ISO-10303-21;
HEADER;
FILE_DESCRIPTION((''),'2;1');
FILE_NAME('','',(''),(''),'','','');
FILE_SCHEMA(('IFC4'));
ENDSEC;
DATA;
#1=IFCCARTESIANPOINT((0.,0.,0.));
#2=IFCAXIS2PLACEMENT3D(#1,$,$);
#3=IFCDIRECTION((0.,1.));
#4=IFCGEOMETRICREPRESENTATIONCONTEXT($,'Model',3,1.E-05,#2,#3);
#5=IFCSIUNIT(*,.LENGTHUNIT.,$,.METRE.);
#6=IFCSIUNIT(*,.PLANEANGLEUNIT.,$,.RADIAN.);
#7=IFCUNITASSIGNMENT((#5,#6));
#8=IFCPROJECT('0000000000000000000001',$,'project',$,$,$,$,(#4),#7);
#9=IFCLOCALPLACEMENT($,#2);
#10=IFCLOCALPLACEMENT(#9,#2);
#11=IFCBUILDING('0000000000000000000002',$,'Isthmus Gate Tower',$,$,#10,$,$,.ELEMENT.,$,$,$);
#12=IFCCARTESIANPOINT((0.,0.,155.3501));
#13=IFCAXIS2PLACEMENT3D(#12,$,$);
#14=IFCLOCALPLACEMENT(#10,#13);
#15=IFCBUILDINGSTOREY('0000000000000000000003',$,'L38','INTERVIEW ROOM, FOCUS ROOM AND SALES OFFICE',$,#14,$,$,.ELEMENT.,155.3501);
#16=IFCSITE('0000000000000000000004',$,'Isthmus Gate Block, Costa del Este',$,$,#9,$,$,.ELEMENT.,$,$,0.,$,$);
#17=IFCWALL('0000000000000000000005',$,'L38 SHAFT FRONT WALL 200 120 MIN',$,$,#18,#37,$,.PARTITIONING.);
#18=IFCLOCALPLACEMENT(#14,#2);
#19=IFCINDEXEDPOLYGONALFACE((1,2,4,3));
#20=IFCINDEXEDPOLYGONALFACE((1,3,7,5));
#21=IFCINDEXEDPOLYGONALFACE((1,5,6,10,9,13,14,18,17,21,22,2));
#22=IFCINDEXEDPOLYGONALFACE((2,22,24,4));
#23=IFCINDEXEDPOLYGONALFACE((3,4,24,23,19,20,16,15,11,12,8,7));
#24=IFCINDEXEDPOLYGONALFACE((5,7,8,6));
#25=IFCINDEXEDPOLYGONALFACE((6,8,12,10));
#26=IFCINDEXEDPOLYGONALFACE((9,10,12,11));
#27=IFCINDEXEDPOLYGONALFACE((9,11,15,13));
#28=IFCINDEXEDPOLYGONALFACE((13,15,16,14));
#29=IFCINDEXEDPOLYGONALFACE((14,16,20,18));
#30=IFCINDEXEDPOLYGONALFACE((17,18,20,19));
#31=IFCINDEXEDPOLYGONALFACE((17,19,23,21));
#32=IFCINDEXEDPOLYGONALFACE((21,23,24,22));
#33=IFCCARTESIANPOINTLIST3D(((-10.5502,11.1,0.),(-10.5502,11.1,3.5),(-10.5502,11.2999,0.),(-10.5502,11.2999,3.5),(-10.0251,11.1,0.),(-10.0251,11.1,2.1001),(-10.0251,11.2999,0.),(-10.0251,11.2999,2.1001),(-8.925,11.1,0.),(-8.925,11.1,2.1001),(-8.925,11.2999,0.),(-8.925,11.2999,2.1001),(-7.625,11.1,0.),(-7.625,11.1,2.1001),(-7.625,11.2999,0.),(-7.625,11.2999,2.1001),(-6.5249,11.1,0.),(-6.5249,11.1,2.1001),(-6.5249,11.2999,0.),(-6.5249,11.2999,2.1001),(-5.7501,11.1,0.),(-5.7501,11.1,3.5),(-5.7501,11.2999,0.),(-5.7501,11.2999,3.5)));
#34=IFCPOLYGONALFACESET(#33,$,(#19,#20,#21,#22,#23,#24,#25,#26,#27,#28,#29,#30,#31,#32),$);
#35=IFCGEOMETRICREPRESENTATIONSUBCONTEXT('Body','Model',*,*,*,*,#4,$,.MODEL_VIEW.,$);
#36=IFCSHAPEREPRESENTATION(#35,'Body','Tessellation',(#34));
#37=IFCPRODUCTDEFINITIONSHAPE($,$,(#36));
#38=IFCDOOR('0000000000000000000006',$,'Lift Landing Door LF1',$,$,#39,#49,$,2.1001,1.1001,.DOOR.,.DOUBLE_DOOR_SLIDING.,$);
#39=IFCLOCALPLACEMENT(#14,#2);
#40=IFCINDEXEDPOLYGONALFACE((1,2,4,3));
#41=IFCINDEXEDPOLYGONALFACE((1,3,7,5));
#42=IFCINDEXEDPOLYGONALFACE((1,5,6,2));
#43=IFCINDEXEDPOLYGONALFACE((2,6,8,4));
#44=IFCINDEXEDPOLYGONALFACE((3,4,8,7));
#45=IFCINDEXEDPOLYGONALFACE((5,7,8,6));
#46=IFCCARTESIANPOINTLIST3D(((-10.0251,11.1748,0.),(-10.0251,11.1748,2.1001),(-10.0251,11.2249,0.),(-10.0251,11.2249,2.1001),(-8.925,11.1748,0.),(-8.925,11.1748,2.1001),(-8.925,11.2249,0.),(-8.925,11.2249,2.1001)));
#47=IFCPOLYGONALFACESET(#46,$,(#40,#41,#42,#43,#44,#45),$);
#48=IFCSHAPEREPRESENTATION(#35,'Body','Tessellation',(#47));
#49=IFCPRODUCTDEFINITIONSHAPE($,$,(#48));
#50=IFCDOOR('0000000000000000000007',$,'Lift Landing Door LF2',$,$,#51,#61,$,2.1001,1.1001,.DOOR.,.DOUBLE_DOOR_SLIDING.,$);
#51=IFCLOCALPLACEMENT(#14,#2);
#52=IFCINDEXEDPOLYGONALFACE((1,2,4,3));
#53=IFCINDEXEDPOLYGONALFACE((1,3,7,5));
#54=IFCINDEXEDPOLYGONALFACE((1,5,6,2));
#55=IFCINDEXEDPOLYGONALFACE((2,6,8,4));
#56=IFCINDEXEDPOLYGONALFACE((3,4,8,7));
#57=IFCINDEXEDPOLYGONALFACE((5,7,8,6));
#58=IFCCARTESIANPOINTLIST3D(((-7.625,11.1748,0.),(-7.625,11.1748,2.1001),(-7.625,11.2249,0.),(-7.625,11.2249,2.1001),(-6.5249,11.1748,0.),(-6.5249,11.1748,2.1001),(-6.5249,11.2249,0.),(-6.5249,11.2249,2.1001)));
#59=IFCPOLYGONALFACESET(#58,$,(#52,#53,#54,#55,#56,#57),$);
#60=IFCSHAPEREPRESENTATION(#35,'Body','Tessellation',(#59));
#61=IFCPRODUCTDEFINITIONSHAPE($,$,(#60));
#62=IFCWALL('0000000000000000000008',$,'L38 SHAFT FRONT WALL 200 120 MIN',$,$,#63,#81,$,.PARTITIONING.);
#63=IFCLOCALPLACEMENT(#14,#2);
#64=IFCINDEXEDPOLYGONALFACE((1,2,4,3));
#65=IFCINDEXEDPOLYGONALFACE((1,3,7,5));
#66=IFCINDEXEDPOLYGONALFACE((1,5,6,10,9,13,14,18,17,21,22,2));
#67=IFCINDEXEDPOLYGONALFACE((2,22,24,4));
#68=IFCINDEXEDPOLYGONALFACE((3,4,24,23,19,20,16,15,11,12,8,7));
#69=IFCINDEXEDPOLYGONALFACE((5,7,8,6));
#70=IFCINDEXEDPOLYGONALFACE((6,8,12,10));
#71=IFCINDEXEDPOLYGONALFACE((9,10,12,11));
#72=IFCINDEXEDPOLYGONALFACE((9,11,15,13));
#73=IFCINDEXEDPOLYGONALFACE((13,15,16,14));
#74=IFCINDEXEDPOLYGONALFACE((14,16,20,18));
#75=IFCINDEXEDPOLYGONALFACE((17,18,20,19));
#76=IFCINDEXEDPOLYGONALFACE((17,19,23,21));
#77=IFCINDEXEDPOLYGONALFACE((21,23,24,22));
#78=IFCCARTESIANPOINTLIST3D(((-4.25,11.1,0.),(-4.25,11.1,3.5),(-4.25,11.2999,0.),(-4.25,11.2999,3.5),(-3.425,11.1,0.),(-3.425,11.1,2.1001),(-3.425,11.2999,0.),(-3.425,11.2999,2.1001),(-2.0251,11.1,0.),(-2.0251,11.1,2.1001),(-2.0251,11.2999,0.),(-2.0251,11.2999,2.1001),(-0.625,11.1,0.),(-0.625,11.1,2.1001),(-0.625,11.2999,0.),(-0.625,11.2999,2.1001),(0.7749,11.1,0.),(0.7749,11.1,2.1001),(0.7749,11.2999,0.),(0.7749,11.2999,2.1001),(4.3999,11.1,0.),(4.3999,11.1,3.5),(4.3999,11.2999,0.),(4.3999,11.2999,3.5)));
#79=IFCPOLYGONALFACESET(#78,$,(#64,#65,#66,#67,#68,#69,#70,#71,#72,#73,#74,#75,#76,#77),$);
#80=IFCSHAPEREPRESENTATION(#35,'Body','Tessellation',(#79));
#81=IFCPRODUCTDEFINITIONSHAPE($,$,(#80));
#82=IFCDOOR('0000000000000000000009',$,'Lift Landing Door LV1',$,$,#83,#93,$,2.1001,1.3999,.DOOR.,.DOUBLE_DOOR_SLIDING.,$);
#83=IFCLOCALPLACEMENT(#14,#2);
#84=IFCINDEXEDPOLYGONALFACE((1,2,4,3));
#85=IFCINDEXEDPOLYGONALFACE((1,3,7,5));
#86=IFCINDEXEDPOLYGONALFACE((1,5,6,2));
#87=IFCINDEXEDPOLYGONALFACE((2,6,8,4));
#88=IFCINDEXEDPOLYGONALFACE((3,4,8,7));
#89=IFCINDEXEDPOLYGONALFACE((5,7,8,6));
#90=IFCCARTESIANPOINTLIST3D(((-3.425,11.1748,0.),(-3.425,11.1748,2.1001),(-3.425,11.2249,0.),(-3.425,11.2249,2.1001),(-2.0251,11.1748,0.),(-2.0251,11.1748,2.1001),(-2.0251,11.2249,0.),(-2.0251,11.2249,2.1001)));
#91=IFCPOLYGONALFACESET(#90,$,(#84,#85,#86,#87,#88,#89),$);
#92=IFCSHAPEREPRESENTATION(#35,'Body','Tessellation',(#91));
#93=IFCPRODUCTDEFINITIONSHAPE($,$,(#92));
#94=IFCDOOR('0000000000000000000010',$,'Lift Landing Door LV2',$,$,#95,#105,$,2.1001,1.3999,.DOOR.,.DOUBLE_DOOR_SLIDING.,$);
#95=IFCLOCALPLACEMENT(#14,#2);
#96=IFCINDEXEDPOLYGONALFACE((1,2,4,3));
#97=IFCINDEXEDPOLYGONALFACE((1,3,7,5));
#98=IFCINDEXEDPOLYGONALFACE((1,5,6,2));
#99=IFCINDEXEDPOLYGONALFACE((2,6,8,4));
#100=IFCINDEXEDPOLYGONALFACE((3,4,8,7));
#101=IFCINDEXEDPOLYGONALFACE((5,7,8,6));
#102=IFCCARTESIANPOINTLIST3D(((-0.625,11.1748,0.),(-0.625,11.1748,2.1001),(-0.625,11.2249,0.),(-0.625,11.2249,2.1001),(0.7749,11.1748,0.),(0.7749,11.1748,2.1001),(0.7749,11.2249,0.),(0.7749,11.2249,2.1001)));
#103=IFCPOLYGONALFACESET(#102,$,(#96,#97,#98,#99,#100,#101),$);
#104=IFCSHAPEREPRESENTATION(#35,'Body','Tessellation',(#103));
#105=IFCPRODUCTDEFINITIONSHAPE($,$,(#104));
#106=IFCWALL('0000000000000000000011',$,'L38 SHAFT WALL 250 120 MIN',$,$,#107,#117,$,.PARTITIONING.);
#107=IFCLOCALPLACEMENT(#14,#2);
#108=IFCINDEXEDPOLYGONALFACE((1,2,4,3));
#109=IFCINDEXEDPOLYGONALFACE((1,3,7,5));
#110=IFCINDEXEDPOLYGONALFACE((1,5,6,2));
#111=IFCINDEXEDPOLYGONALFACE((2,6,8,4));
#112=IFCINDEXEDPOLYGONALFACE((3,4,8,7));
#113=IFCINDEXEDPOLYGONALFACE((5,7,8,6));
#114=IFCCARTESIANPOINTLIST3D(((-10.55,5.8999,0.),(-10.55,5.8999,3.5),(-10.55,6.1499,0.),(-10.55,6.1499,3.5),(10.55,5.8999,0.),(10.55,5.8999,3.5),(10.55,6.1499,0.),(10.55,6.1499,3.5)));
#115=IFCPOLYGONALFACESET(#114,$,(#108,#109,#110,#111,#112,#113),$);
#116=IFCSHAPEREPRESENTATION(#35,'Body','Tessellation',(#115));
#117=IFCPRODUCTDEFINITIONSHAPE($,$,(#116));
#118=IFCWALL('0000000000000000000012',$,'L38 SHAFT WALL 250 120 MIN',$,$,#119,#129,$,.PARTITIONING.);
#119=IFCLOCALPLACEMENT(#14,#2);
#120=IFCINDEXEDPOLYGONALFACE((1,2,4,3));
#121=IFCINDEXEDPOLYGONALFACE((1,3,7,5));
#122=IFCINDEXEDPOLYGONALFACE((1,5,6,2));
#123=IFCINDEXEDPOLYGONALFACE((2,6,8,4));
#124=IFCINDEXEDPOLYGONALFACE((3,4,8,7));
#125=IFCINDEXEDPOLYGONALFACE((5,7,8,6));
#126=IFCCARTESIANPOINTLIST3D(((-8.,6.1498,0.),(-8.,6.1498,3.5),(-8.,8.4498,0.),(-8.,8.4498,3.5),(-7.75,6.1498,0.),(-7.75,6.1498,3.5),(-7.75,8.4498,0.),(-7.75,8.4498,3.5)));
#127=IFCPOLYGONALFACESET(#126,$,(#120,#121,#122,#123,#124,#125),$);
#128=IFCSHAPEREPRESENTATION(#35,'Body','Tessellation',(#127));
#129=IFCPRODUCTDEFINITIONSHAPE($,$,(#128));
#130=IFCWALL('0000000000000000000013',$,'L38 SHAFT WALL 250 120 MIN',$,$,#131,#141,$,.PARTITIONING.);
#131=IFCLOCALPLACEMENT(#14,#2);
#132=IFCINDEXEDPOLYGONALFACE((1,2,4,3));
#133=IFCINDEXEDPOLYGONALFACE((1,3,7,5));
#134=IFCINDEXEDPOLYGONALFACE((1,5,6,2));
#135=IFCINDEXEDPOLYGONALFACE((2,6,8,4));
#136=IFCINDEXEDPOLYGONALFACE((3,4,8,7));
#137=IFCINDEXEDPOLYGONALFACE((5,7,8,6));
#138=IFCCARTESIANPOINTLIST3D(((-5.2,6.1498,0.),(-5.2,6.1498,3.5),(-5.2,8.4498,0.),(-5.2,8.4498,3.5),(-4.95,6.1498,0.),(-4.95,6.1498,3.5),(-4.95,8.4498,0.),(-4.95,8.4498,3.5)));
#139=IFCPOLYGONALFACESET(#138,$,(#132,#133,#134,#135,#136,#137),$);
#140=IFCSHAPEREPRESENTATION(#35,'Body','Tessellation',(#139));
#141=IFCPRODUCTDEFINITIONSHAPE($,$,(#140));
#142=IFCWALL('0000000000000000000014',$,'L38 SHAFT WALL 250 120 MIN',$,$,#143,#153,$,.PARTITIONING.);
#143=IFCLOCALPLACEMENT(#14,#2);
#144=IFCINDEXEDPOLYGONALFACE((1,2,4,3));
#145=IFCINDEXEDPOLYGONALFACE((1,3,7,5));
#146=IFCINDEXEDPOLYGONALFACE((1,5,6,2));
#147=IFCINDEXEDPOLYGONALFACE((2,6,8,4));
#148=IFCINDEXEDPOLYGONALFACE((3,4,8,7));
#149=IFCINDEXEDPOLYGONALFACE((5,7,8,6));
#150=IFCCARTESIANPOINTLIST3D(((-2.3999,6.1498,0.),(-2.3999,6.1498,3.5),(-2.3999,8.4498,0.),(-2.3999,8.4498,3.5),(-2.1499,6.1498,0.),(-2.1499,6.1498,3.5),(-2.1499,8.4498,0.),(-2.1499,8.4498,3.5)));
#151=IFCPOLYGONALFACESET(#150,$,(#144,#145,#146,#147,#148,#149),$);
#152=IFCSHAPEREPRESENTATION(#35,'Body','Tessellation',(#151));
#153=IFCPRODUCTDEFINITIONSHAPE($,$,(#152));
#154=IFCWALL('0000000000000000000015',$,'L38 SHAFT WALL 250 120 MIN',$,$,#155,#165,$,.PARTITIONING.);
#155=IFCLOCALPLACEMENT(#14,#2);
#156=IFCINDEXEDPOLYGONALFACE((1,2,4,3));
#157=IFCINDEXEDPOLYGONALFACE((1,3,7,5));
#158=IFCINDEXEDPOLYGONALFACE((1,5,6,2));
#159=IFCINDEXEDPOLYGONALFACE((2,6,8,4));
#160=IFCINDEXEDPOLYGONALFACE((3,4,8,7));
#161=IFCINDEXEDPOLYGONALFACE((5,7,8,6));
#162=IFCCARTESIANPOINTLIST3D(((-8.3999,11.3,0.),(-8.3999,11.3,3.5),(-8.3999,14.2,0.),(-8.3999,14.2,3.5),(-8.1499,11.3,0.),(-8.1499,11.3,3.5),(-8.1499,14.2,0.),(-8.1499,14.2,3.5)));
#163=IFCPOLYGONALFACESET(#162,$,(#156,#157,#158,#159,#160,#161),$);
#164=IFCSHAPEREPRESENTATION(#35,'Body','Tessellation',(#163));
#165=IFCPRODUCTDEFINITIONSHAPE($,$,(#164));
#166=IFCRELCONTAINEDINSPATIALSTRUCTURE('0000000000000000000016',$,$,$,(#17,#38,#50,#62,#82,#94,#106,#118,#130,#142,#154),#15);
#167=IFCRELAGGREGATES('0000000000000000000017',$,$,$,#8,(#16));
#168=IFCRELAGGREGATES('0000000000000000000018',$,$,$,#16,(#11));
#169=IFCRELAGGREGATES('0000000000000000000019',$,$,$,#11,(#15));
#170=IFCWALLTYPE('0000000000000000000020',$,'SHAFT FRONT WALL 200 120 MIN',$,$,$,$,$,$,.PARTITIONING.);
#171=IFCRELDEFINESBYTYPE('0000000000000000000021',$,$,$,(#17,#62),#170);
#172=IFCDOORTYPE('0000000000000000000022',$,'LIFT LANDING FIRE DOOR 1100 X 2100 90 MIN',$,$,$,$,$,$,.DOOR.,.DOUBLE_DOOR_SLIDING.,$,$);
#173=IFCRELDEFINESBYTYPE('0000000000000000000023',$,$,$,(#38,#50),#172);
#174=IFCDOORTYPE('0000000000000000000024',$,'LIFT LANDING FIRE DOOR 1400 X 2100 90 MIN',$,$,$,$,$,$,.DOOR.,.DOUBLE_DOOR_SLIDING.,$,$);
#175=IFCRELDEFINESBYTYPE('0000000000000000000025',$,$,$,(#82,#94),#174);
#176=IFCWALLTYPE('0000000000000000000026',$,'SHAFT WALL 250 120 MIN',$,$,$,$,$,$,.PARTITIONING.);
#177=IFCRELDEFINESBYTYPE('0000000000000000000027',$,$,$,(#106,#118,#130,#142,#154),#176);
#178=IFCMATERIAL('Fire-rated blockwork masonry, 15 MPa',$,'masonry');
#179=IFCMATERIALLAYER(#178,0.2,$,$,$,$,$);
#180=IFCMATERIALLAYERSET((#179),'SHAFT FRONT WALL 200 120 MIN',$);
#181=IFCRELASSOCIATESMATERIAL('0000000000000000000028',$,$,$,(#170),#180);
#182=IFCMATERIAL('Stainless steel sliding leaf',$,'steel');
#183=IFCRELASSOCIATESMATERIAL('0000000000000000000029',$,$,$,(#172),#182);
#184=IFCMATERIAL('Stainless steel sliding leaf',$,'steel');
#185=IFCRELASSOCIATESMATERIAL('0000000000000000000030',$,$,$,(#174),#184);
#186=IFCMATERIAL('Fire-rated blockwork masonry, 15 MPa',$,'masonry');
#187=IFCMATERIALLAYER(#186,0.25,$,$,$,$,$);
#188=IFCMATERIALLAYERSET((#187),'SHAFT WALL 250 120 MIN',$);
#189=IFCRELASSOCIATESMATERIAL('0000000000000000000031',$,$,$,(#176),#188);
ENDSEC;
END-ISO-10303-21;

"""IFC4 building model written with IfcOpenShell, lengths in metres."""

from ifc_helpers import new_model, si_unit, direction, frame, frame_2d, origin, place, context, subcontext, project, spatial, rectangle, extrude, material, layer, layer_set, type_object, element, fill, save


model = new_model("IFC4")

# Units and contexts
model_context = context("Model", 3, precision=1e-05, world=origin(), true_north=direction((0.0, 1.0)))
body_context = subcontext(model_context, "Body", "Model", "MODEL_VIEW")
ifc_project = project(units=[si_unit("LENGTHUNIT", "METRE"), si_unit("PLANEANGLEUNIT", "RADIAN")], contexts=[model_context])

# Site, building, storey
site_placement = place(None, origin())
site = spatial("IfcSite", under=ifc_project, at=site_placement, Name="Isthmus Gate Block, Costa del Este", CompositionType="ELEMENT", RefElevation=0.0)
building_placement = place(site_placement, origin())
building = spatial("IfcBuilding", under=site, at=building_placement, Name="Isthmus Gate Tower", CompositionType="ELEMENT")
storey_placement = place(building_placement, frame((0.0, 0.0, 155.3501)))
storey = spatial("IfcBuildingStorey", under=building, at=storey_placement, Name="L38", Description="INTERVIEW ROOM, FOCUS ROOM AND SALES OFFICE", CompositionType="ELEMENT", Elevation=155.3501)

# Walls, openings, doors
ifc_material_1 = material(Name="Fire-rated blockwork masonry, 15 MPa", Category="masonry")
ifc_layer_1 = layer(ifc_material_1, 0.2)
ifc_layer_set_1 = layer_set([ifc_layer_1], Name="SHAFT FRONT WALL 200 120 MIN")
wall_type_1 = type_object("IfcWallType", Name="SHAFT FRONT WALL 200 120 MIN", PredefinedType="PARTITIONING", material=ifc_layer_set_1)
wall_1_placement = place(storey_placement, frame((-10.55, 11.2, 0.0), z_axis=(0.0, 0.0, 1.0), x_axis=(1.0, 0.0, 0.0)))
wall_1 = element("IfcWall", 1, at=wall_1_placement, inside=storey, type_object=wall_type_1, Name="L38 SHAFT FRONT WALL 200 120 MIN", PredefinedType="PARTITIONING", context=body_context, shape_type="SweptSolid", body=[
    extrude(rectangle(XDim=4.8, YDim=0.2, at=frame_2d((2.3999, 0.0))), origin(), (0.0, 0.0, 1.0), 3.5),
])
opening_1_placement = place(wall_1_placement, frame((0.5249, 0.0, 0.0)))
opening_1 = element("IfcOpeningElement", 2, at=opening_1_placement, cuts=wall_1, PredefinedType="OPENING", context=body_context, shape_type="SweptSolid", body=[
    extrude(rectangle(XDim=1.1001, YDim=2.1001, at=frame_2d((0.55, 1.05))), frame((0.0, 0.1099, 0.0), z_axis=(0.0, -1.0, 0.0), x_axis=(1.0, 0.0, 0.0)), (0.0, 0.0, 1.0), 0.22),
])
opening_2_placement = place(wall_1_placement, frame((2.925, 0.0, 0.0)))
opening_2 = element("IfcOpeningElement", 3, at=opening_2_placement, cuts=wall_1, PredefinedType="OPENING", context=body_context, shape_type="SweptSolid", body=[
    extrude(rectangle(XDim=1.1001, YDim=2.1001, at=frame_2d((0.55, 1.05))), frame((0.0, 0.1099, 0.0), z_axis=(0.0, -1.0, 0.0), x_axis=(1.0, 0.0, 0.0)), (0.0, 0.0, 1.0), 0.22),
])
ifc_material_2 = material(Name="Stainless steel sliding leaf", Category="steel")
door_type_1 = type_object("IfcDoorType", Name="LIFT LANDING FIRE DOOR 1100 X 2100 90 MIN", OperationType="DOUBLE_DOOR_SLIDING", PredefinedType="DOOR", material=ifc_material_2)
door_1_placement = place(opening_1_placement, origin())
door_1 = element("IfcDoor", 4, at=door_1_placement, inside=storey, type_object=door_type_1, Name="Lift Landing Door LF1", OperationType="DOUBLE_DOOR_SLIDING", OverallHeight=2.1001, OverallWidth=1.1001, PredefinedType="DOOR", context=body_context, shape_type="SweptSolid", body=[
    extrude(rectangle(XDim=1.1001, YDim=2.1001, at=frame_2d((0.55, 1.05))), frame((0.0, 0.0249, 0.0), z_axis=(0.0, -1.0, 0.0), x_axis=(1.0, 0.0, 0.0)), (0.0, 0.0, 1.0), 0.05),
])
fill(opening_1, door_1)
door_2_placement = place(opening_2_placement, origin())
door_2 = element("IfcDoor", 5, at=door_2_placement, inside=storey, type_object=door_type_1, Name="Lift Landing Door LF2", OperationType="DOUBLE_DOOR_SLIDING", OverallHeight=2.1001, OverallWidth=1.1001, PredefinedType="DOOR", context=body_context, shape_type="SweptSolid", body=[
    extrude(rectangle(XDim=1.1001, YDim=2.1001, at=frame_2d((0.55, 1.05))), frame((0.0, 0.0249, 0.0), z_axis=(0.0, -1.0, 0.0), x_axis=(1.0, 0.0, 0.0)), (0.0, 0.0, 1.0), 0.05),
])
fill(opening_2, door_2)
wall_2_placement = place(storey_placement, frame((-4.25, 11.2, 0.0), z_axis=(0.0, 0.0, 1.0), x_axis=(1.0, 0.0, 0.0)))
wall_2 = element("IfcWall", 6, at=wall_2_placement, inside=storey, type_object=wall_type_1, Name="L38 SHAFT FRONT WALL 200 120 MIN", PredefinedType="PARTITIONING", context=body_context, shape_type="SweptSolid", body=[
    extrude(rectangle(XDim=8.6499, YDim=0.2, at=frame_2d((4.325, 0.0))), origin(), (0.0, 0.0, 1.0), 3.5),
])
opening_3_placement = place(wall_2_placement, frame((0.825, 0.0, 0.0)))
opening_3 = element("IfcOpeningElement", 7, at=opening_3_placement, cuts=wall_2, PredefinedType="OPENING", context=body_context, shape_type="SweptSolid", body=[
    extrude(rectangle(XDim=1.3999, YDim=2.1001, at=frame_2d((0.7, 1.05))), frame((0.0, 0.1099, 0.0), z_axis=(0.0, -1.0, 0.0), x_axis=(1.0, 0.0, 0.0)), (0.0, 0.0, 1.0), 0.22),
])
opening_4_placement = place(wall_2_placement, frame((3.625, 0.0, 0.0)))
opening_4 = element("IfcOpeningElement", 8, at=opening_4_placement, cuts=wall_2, PredefinedType="OPENING", context=body_context, shape_type="SweptSolid", body=[
    extrude(rectangle(XDim=1.3999, YDim=2.1001, at=frame_2d((0.7, 1.05))), frame((0.0, 0.1099, 0.0), z_axis=(0.0, -1.0, 0.0), x_axis=(1.0, 0.0, 0.0)), (0.0, 0.0, 1.0), 0.22),
])
ifc_material_3 = material(Name="Stainless steel sliding leaf", Category="steel")
door_type_2 = type_object("IfcDoorType", Name="LIFT LANDING FIRE DOOR 1400 X 2100 90 MIN", OperationType="DOUBLE_DOOR_SLIDING", PredefinedType="DOOR", material=ifc_material_3)
door_3_placement = place(opening_3_placement, origin())
door_3 = element("IfcDoor", 9, at=door_3_placement, inside=storey, type_object=door_type_2, Name="Lift Landing Door LV1", OperationType="DOUBLE_DOOR_SLIDING", OverallHeight=2.1001, OverallWidth=1.3999, PredefinedType="DOOR", context=body_context, shape_type="SweptSolid", body=[
    extrude(rectangle(XDim=1.3999, YDim=2.1001, at=frame_2d((0.7, 1.05))), frame((0.0, 0.0249, 0.0), z_axis=(0.0, -1.0, 0.0), x_axis=(1.0, 0.0, 0.0)), (0.0, 0.0, 1.0), 0.05),
])
fill(opening_3, door_3)
door_4_placement = place(opening_4_placement, origin())
door_4 = element("IfcDoor", 10, at=door_4_placement, inside=storey, type_object=door_type_2, Name="Lift Landing Door LV2", OperationType="DOUBLE_DOOR_SLIDING", OverallHeight=2.1001, OverallWidth=1.3999, PredefinedType="DOOR", context=body_context, shape_type="SweptSolid", body=[
    extrude(rectangle(XDim=1.3999, YDim=2.1001, at=frame_2d((0.7, 1.05))), frame((0.0, 0.0249, 0.0), z_axis=(0.0, -1.0, 0.0), x_axis=(1.0, 0.0, 0.0)), (0.0, 0.0, 1.0), 0.05),
])
fill(opening_4, door_4)

# Walls
ifc_material_4 = material(Name="Fire-rated blockwork masonry, 15 MPa", Category="masonry")
ifc_layer_2 = layer(ifc_material_4, 0.25)
ifc_layer_set_2 = layer_set([ifc_layer_2], Name="SHAFT WALL 250 120 MIN")
wall_type_2 = type_object("IfcWallType", Name="SHAFT WALL 250 120 MIN", PredefinedType="PARTITIONING", material=ifc_layer_set_2)
wall_3_placement = place(storey_placement, frame((-10.55, 6.0249, 0.0), z_axis=(0.0, 0.0, 1.0), x_axis=(1.0, 0.0, 0.0)))
element("IfcWall", 11, at=wall_3_placement, inside=storey, type_object=wall_type_2, Name="L38 SHAFT WALL 250 120 MIN", PredefinedType="PARTITIONING", context=body_context, shape_type="SweptSolid", body=[
    extrude(rectangle(XDim=21.1001, YDim=0.25, at=frame_2d((10.55, 0.0))), origin(), (0.0, 0.0, 1.0), 3.5),
])
for number, where, z_axis, x_axis, name in (
    (12, (-7.875, 6.1499, 0.0), (0.0, 0.0, 1.0), (0.0, 1.0, 0.0), "L38 SHAFT WALL 250 120 MIN"),
    (13, (-5.075, 6.1499, 0.0), (0.0, 0.0, 1.0), (0.0, 1.0, 0.0), "L38 SHAFT WALL 250 120 MIN"),
    (14, (-2.2749, 6.1499, 0.0), (0.0, 0.0, 1.0), (0.0, 1.0, 0.0), "L38 SHAFT WALL 250 120 MIN"),
):
    element("IfcWall", number, at=place(storey_placement, frame(where, z_axis=z_axis, x_axis=x_axis)), inside=storey, type_object=wall_type_2, Name=name, PredefinedType="PARTITIONING", context=body_context, shape_type="SweptSolid", body=[
        extrude(rectangle(XDim=2.3, YDim=0.25, at=frame_2d((1.1499, 0.0))), origin(), (0.0, 0.0, 1.0), 3.5),
    ])
wall_4_placement = place(storey_placement, frame((-8.2749, 11.3, 0.0), z_axis=(0.0, 0.0, 1.0), x_axis=(0.0, 1.0, 0.0)))
element("IfcWall", 15, at=wall_4_placement, inside=storey, type_object=wall_type_2, Name="L38 SHAFT WALL 250 120 MIN", PredefinedType="PARTITIONING", context=body_context, shape_type="SweptSolid", body=[
    extrude(rectangle(XDim=2.8999, YDim=0.25, at=frame_2d((1.45, 0.0))), origin(), (0.0, 0.0, 1.0), 3.5),
])

save(model, "model.ifc")
